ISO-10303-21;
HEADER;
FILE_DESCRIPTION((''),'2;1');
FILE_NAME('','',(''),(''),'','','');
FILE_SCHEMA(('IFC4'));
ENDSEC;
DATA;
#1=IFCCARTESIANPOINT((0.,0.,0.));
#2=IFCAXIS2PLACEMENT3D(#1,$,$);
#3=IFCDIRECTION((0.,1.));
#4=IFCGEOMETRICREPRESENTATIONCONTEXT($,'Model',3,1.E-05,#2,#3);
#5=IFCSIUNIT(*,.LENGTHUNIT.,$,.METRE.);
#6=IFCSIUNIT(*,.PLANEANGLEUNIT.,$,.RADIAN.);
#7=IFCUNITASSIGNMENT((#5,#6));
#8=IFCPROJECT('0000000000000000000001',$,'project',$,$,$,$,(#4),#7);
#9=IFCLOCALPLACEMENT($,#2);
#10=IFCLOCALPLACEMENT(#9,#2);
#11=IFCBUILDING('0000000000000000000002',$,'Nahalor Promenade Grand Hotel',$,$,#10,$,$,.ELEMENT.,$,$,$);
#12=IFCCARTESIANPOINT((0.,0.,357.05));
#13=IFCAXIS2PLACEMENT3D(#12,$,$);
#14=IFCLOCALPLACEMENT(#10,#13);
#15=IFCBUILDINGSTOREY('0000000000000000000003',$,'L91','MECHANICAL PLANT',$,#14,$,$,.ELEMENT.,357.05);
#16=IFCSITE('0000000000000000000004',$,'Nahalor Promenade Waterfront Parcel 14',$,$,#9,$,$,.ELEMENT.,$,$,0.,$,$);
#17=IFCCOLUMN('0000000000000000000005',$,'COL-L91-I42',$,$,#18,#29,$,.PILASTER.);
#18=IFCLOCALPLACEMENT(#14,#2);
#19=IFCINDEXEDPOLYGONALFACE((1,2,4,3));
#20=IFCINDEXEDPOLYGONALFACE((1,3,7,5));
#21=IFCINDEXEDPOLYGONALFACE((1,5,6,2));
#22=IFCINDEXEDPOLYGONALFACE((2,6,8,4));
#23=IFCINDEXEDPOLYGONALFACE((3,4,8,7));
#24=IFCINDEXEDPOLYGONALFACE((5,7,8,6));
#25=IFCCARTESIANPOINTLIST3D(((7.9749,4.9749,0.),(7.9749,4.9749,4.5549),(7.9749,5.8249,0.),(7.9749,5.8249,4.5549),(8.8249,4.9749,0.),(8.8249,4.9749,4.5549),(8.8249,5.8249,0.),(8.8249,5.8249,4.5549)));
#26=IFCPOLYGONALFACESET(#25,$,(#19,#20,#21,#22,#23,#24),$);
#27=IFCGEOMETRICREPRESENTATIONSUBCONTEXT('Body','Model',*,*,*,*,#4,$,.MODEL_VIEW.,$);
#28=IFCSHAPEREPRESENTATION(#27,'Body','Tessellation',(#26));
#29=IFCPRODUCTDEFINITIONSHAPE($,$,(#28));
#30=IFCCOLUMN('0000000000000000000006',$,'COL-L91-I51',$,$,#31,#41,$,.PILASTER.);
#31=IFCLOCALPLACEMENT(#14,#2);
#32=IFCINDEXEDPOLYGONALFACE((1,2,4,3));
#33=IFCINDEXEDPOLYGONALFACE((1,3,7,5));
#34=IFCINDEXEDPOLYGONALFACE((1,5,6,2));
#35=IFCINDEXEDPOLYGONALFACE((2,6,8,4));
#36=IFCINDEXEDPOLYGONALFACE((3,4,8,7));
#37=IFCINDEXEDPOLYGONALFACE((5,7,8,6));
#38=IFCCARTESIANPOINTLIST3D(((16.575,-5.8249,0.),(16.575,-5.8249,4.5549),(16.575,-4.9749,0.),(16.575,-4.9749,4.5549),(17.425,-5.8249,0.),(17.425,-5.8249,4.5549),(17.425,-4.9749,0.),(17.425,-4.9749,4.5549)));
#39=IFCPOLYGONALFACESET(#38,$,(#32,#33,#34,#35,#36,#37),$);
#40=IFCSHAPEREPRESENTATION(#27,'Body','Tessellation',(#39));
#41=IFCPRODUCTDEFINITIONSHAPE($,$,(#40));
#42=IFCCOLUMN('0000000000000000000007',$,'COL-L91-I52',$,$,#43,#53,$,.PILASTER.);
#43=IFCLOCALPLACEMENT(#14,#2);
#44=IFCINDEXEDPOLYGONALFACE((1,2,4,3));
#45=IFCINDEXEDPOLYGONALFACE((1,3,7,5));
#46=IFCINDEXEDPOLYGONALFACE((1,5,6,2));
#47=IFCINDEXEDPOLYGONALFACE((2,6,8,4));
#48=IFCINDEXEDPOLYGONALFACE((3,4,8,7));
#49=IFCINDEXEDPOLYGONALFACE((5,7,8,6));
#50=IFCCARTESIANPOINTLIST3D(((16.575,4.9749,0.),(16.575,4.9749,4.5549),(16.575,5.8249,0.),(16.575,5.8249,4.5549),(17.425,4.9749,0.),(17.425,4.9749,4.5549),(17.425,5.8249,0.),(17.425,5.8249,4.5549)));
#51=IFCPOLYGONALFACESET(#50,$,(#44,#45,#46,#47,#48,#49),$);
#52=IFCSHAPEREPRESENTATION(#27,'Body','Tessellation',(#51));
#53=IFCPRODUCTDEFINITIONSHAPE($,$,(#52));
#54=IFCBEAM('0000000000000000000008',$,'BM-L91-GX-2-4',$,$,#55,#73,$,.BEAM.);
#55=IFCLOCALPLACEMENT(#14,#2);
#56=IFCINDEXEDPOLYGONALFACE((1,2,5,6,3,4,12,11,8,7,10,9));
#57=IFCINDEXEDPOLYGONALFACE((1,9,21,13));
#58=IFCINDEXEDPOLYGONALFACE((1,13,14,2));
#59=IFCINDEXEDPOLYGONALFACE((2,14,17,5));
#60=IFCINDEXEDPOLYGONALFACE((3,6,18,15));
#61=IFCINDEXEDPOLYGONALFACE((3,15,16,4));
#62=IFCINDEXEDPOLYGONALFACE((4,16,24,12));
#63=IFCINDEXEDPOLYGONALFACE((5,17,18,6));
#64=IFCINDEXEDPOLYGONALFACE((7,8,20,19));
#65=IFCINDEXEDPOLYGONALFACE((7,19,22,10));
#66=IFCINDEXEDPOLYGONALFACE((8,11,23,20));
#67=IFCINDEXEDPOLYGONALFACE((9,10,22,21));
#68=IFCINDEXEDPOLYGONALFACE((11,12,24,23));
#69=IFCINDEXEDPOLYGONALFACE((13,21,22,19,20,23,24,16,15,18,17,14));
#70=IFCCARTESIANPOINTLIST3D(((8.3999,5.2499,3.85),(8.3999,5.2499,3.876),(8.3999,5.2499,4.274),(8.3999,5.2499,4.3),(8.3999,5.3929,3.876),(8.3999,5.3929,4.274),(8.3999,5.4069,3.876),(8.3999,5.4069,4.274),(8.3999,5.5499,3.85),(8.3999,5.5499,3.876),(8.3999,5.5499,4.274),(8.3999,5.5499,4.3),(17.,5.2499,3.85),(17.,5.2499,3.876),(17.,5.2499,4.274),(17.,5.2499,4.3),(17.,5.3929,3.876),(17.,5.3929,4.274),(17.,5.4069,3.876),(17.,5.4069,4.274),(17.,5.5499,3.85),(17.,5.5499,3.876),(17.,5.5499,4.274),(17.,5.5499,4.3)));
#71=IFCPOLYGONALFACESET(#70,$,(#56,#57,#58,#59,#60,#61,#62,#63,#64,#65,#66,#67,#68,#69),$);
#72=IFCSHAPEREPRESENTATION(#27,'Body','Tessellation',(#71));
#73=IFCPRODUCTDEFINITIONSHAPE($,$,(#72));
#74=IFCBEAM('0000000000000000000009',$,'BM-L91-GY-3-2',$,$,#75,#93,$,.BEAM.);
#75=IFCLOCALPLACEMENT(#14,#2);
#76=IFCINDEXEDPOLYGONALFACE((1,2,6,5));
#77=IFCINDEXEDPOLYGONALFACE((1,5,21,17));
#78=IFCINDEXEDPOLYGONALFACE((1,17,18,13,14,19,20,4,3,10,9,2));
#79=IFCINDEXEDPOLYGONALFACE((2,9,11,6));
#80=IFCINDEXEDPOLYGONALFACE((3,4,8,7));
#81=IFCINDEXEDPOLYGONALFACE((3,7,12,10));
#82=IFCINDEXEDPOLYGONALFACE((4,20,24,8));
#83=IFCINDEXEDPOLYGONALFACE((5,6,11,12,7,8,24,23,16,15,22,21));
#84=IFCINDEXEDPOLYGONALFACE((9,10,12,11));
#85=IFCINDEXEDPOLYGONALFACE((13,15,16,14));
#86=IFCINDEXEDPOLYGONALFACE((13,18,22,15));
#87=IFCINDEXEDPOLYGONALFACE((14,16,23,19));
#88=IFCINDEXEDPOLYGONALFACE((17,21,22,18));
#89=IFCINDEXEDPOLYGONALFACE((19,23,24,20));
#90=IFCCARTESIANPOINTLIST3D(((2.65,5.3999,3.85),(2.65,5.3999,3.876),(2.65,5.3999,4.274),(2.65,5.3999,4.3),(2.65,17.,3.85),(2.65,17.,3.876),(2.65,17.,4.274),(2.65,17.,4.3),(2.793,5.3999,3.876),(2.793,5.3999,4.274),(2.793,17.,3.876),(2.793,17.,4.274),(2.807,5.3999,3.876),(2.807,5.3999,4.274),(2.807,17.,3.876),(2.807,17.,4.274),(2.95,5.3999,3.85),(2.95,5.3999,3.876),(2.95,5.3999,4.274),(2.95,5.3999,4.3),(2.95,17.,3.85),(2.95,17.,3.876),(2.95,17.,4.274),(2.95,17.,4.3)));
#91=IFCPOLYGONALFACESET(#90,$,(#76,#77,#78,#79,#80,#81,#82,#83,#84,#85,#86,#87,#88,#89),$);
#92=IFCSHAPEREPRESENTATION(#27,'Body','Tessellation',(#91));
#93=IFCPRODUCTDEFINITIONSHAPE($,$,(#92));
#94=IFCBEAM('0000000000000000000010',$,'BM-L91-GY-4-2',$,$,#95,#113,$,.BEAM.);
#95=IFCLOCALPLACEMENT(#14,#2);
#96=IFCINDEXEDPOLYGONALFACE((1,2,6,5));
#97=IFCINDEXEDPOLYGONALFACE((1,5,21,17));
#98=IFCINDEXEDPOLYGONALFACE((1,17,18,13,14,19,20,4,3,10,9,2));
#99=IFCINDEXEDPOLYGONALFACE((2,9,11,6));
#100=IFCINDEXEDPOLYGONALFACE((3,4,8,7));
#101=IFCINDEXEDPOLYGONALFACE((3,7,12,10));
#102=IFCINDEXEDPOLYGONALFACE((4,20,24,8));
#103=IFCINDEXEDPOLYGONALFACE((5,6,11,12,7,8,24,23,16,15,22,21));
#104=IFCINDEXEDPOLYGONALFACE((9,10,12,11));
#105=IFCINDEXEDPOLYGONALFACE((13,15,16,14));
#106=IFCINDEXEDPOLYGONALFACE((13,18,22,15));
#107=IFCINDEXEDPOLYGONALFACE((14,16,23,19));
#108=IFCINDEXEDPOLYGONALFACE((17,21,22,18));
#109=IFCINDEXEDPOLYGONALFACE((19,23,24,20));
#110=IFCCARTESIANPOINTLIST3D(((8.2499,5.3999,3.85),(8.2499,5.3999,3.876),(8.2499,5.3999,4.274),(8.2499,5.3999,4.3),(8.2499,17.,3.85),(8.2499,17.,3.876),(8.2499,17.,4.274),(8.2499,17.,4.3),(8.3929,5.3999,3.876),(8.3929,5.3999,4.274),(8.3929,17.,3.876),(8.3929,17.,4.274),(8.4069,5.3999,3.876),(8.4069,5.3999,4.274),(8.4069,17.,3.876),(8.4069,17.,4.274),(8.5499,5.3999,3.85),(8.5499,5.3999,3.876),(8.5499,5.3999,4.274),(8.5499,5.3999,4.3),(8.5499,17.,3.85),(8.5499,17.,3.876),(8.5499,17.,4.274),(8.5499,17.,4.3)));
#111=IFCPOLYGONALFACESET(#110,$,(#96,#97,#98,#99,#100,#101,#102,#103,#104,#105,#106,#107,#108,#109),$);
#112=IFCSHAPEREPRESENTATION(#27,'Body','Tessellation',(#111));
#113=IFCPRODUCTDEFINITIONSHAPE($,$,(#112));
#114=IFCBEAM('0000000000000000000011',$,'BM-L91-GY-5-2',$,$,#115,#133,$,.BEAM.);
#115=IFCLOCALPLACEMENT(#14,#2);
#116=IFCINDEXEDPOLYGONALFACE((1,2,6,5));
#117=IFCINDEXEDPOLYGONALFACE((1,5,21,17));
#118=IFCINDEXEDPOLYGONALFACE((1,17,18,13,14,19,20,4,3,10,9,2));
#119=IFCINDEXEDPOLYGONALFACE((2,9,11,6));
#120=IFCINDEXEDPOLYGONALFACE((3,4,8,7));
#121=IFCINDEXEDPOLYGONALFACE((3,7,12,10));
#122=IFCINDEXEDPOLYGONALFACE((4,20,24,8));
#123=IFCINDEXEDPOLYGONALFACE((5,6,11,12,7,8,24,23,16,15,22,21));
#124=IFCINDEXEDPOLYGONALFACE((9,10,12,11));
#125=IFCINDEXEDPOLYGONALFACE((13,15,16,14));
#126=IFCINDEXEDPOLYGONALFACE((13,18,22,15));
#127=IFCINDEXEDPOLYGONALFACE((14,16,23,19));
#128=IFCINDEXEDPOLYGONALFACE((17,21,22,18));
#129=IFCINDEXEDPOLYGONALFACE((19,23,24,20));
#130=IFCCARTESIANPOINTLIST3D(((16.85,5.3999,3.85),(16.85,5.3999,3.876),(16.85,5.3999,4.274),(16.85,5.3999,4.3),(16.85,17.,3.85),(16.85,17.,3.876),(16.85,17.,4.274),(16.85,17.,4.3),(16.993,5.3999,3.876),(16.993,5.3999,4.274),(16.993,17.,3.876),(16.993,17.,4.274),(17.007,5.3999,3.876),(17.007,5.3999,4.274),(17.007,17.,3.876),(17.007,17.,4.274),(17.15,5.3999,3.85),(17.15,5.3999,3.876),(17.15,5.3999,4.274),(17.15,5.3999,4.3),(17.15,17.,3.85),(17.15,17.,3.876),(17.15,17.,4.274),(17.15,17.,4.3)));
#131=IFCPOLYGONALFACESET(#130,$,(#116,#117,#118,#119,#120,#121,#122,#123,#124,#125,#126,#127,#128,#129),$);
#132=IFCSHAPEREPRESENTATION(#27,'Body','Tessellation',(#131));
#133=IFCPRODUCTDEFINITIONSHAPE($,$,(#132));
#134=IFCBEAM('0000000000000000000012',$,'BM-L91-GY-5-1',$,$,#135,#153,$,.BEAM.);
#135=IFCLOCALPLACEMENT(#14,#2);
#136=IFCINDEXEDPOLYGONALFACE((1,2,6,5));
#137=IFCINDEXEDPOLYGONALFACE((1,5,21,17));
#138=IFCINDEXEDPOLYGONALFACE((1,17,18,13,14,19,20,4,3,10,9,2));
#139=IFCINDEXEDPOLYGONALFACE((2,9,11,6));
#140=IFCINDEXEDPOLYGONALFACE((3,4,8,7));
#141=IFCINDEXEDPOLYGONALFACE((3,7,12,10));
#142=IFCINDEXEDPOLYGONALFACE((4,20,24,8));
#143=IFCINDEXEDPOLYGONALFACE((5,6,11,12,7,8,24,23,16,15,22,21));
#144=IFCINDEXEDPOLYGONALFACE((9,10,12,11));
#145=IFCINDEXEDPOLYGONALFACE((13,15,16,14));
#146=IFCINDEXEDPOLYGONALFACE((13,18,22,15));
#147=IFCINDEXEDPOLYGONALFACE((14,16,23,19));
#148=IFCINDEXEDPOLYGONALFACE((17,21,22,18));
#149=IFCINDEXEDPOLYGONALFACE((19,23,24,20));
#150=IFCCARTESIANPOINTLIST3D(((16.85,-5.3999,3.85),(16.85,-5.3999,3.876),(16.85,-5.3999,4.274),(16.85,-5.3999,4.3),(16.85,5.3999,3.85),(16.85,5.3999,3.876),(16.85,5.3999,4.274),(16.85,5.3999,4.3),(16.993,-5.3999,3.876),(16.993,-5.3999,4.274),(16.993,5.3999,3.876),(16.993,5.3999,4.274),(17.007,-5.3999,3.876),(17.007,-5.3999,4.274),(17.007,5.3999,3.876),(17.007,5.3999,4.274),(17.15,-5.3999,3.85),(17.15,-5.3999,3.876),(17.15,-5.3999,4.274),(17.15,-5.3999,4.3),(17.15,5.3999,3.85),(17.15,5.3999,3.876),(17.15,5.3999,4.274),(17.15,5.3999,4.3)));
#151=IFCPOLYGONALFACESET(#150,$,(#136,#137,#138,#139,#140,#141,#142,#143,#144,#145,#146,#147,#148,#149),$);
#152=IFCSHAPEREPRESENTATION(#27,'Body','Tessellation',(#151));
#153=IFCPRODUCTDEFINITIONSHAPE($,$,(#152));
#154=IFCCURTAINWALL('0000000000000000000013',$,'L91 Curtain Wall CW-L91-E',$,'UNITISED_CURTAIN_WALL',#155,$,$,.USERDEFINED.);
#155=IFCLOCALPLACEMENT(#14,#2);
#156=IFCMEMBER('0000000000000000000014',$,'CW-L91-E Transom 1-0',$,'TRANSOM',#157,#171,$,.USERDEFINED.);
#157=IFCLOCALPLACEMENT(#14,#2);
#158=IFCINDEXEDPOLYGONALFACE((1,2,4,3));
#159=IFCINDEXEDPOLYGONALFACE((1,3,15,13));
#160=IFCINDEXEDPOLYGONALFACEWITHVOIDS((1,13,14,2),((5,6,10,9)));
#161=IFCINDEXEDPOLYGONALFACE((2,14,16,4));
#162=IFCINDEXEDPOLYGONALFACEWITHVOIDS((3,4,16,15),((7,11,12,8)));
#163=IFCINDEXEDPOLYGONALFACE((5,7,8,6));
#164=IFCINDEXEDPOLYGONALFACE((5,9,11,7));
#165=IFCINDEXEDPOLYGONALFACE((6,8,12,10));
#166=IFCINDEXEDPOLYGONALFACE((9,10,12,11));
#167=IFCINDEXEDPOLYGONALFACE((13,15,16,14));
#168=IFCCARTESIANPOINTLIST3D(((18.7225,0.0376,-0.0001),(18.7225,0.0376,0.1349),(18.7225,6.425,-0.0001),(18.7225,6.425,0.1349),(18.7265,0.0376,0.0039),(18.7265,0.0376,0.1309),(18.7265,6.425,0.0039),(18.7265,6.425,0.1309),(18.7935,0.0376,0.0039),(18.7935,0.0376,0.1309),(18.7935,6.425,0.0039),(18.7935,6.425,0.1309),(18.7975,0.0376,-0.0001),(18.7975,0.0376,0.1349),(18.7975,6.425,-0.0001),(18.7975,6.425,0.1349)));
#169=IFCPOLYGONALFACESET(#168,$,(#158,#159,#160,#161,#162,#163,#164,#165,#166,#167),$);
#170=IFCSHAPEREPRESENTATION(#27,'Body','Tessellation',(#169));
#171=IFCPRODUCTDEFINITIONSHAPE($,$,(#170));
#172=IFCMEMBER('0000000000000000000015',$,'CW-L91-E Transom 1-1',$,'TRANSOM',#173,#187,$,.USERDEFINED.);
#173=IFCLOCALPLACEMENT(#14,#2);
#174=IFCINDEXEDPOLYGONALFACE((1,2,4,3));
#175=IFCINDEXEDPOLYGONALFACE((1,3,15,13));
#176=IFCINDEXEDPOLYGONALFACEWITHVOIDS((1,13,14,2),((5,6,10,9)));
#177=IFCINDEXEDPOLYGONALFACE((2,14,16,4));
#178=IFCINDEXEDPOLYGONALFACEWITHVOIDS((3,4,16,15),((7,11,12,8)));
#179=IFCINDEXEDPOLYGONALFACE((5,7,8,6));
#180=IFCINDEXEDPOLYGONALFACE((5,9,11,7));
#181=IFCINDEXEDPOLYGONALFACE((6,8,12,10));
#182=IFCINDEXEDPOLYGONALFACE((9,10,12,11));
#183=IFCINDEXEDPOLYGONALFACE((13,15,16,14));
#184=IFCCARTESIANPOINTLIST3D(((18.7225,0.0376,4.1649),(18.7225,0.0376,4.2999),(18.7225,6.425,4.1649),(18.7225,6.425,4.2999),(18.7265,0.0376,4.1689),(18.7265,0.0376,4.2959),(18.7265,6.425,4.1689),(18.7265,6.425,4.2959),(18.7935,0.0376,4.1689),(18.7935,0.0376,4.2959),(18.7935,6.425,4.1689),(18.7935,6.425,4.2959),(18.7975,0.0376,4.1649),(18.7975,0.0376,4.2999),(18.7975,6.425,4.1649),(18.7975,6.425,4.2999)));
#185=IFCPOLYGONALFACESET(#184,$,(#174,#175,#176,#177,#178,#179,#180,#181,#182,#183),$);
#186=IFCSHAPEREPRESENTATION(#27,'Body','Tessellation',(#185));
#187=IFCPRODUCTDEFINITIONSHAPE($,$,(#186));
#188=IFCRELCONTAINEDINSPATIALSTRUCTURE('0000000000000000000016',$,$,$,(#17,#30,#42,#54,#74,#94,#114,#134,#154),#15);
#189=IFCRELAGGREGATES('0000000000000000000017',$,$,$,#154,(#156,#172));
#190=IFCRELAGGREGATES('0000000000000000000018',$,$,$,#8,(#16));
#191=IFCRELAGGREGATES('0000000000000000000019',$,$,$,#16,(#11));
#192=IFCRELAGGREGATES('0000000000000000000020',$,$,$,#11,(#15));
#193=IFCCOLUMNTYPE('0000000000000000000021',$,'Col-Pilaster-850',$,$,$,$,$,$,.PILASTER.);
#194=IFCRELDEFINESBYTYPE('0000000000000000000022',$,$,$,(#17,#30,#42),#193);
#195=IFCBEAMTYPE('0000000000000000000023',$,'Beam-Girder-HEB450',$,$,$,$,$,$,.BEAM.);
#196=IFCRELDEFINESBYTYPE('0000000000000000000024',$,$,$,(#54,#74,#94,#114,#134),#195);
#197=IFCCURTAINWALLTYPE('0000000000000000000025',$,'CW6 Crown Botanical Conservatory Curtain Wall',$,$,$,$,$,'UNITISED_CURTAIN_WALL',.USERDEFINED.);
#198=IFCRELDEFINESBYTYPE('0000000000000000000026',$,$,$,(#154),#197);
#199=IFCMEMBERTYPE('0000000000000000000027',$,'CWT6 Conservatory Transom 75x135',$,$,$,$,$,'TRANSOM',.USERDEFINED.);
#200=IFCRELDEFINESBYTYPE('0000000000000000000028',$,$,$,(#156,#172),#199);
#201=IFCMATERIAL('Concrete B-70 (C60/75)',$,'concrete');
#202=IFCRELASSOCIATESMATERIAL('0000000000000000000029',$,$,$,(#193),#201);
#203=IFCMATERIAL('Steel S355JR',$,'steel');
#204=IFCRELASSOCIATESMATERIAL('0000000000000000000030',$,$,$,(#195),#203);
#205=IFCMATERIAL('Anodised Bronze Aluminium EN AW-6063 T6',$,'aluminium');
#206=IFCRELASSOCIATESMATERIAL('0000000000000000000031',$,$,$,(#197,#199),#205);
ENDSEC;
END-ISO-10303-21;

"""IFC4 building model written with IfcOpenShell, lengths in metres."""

from ifc_helpers import new_model, si_unit, direction, frame, origin, origin_2d, place, context, subcontext, project, spatial, rectangle, hollow_rectangle, i_section, extrude, source, transform, mapped, material, material_profile, profile_set, type_object, element, aggregate, save


model = new_model("IFC4")

# Units and contexts
model_context = context("Model", 3, precision=1e-05, world=origin(), true_north=direction((0.0, 1.0)))
body_context = subcontext(model_context, "Body", "Model", "MODEL_VIEW")
ifc_project = project(units=[si_unit("LENGTHUNIT", "METRE"), si_unit("PLANEANGLEUNIT", "RADIAN")], contexts=[model_context])

# Site, building, storey
site_placement = place(None, origin())
site = spatial("IfcSite", under=ifc_project, at=site_placement, Name="Nahalor Promenade Waterfront Parcel 14", CompositionType="ELEMENT", RefElevation=0.0)
building_placement = place(site_placement, origin())
building = spatial("IfcBuilding", under=site, at=building_placement, Name="Nahalor Promenade Grand Hotel", CompositionType="ELEMENT")
storey_placement = place(building_placement, frame((0.0, 0.0, 357.05)))
storey = spatial("IfcBuildingStorey", under=building, at=storey_placement, Name="L91", Description="MECHANICAL PLANT", CompositionType="ELEMENT", Elevation=357.05)

# Columns
ifc_material_1 = material(Name="Concrete B-70 (C60/75)", Category="concrete")
ifc_material_profile_1 = material_profile(ifc_material_1, rectangle(XDim=0.85, YDim=0.85, at=origin_2d()), Name="RC 850x850")
ifc_profile_set_1 = profile_set([ifc_material_profile_1], Name="Concrete B-70 (C60/75)")
column_type = type_object("IfcColumnType", Name="Col-Pilaster-850", PredefinedType="PILASTER", material=ifc_profile_set_1)
shared_shape_1 = source(origin(), body_context, "Body", "SweptSolid", [
    extrude(rectangle(XDim=0.85, YDim=0.85, at=origin_2d()), origin(), (0.0, 0.0, 1.0), 4.5549),
])
for number, where, z_axis, x_axis, name in (
    (1, (8.3999, 5.3999, 0.0), (0.0, 0.0, 1.0), (1.0, 0.0, 0.0), "COL-L91-I42"),
    (2, (17.0, -5.3999, 0.0), (0.0, 0.0, 1.0), (1.0, 0.0, 0.0), "COL-L91-I51"),
    (3, (17.0, 5.3999, 0.0), (0.0, 0.0, 1.0), (1.0, 0.0, 0.0), "COL-L91-I52"),
):
    element("IfcColumn", number, at=place(storey_placement, frame(where, z_axis=z_axis, x_axis=x_axis)), inside=storey, type_object=column_type, Name=name, PredefinedType="PILASTER", context=body_context, shape_type="MappedRepresentation", body=[
        mapped(shared_shape_1, transform((0.0, 0.0, 0.0), scale=1.0)),
    ])

# Beams
ifc_material_2 = material(Name="Steel S355JR", Category="steel")
ifc_material_profile_2 = material_profile(ifc_material_2, i_section(OverallWidth=0.3, OverallDepth=0.45, WebThickness=0.014, FlangeThickness=0.026, at=origin_2d()), Name="HEB 450")
ifc_profile_set_2 = profile_set([ifc_material_profile_2], Name="Steel S355JR")
beam_type = type_object("IfcBeamType", Name="Beam-Girder-HEB450", PredefinedType="BEAM", material=ifc_profile_set_2)
shared_shape_2 = source(origin(), body_context, "Body", "SweptSolid", [
    extrude(i_section(OverallWidth=0.3, OverallDepth=0.45, WebThickness=0.014, FlangeThickness=0.026, at=origin_2d()), origin(), (0.0, 0.0, 1.0), 8.6001),
])
beam_1_placement = place(storey_placement, frame((8.3999, 5.3999, 4.075), z_axis=(1.0, 0.0, 0.0), x_axis=(0.0, 1.0, 0.0)))
element("IfcBeam", 4, at=beam_1_placement, inside=storey, type_object=beam_type, Name="BM-L91-GX-2-4", PredefinedType="BEAM", context=body_context, shape_type="MappedRepresentation", body=[
    mapped(shared_shape_2, transform((0.0, 0.0, 0.0), scale=1.0)),
])
shared_shape_3 = source(origin(), body_context, "Body", "SweptSolid", [
    extrude(i_section(OverallWidth=0.3, OverallDepth=0.45, WebThickness=0.014, FlangeThickness=0.026, at=origin_2d()), origin(), (0.0, 0.0, 1.0), 11.6001),
])
for number, where, z_axis, x_axis, name in (
    (5, (2.8, 5.3999, 4.075), (0.0, 1.0, 0.0), (-1.0, 0.0, 0.0), "BM-L91-GY-3-2"),
    (6, (8.3999, 5.3999, 4.075), (0.0, 1.0, 0.0), (-1.0, 0.0, 0.0), "BM-L91-GY-4-2"),
    (7, (17.0, 5.3999, 4.075), (0.0, 1.0, 0.0), (-1.0, 0.0, 0.0), "BM-L91-GY-5-2"),
):
    element("IfcBeam", number, at=place(storey_placement, frame(where, z_axis=z_axis, x_axis=x_axis)), inside=storey, type_object=beam_type, Name=name, PredefinedType="BEAM", context=body_context, shape_type="MappedRepresentation", body=[
        mapped(shared_shape_3, transform((0.0, 0.0, 0.0), scale=1.0)),
    ])
shared_shape_4 = source(origin(), body_context, "Body", "SweptSolid", [
    extrude(i_section(OverallWidth=0.3, OverallDepth=0.45, WebThickness=0.014, FlangeThickness=0.026, at=origin_2d()), origin(), (0.0, 0.0, 1.0), 10.7998),
])
beam_2_placement = place(storey_placement, frame((17.0, -5.3999, 4.075), z_axis=(0.0, 1.0, 0.0), x_axis=(-1.0, 0.0, 0.0)))
element("IfcBeam", 8, at=beam_2_placement, inside=storey, type_object=beam_type, Name="BM-L91-GY-5-1", PredefinedType="BEAM", context=body_context, shape_type="MappedRepresentation", body=[
    mapped(shared_shape_4, transform((0.0, 0.0, 0.0), scale=1.0)),
])

# Curtain wall, members
ifc_material_3 = material(Name="Anodised Bronze Aluminium EN AW-6063 T6", Category="aluminium")
curtain_wall_type = type_object("IfcCurtainWallType", Name="CW6 Crown Botanical Conservatory Curtain Wall", ElementType="UNITISED_CURTAIN_WALL", PredefinedType="USERDEFINED", material=ifc_material_3)
curtain_wall_placement = place(storey_placement, origin())
curtain_wall = element("IfcCurtainWall", 9, at=curtain_wall_placement, inside=storey, type_object=curtain_wall_type, Name="L91 Curtain Wall CW-L91-E", ObjectType="UNITISED_CURTAIN_WALL", PredefinedType="USERDEFINED")
ifc_material_profile_3 = material_profile(ifc_material_3, hollow_rectangle(XDim=0.075, YDim=0.135, WallThickness=0.004, at=origin_2d()), Name="CWT 75x135x4")
ifc_profile_set_3 = profile_set([ifc_material_profile_3], Name="Anodised Bronze Aluminium EN AW-6063 T6")
member_type_1 = type_object("IfcMemberType", Name="CWT6 Conservatory Transom 75x135", ElementType="TRANSOM", PredefinedType="USERDEFINED", material=ifc_profile_set_3)
shared_shape_5 = source(origin(), body_context, "Body", "SweptSolid", [
    extrude(hollow_rectangle(XDim=0.075, YDim=0.135, WallThickness=0.004, at=origin_2d()), origin(), (0.0, 0.0, 1.0), 6.3875),
])
member_1_placement = place(storey_placement, frame((18.76, 0.0376, 0.0674), z_axis=(0.0, 1.0, 0.0), x_axis=(-1.0, 0.0, 0.0)))
member_1 = element("IfcMember", 10, at=member_1_placement, type_object=member_type_1, Name="CW-L91-E Transom 1-0", ObjectType="TRANSOM", PredefinedType="USERDEFINED", context=body_context, shape_type="MappedRepresentation", body=[
    mapped(shared_shape_5, transform((0.0, 0.0, 0.0), scale=1.0)),
])
member_2_placement = place(storey_placement, frame((18.76, 0.0376, 4.2324), z_axis=(0.0, 1.0, 0.0), x_axis=(-1.0, 0.0, 0.0)))
member_2 = element("IfcMember", 11, at=member_2_placement, type_object=member_type_1, Name="CW-L91-E Transom 1-1", ObjectType="TRANSOM", PredefinedType="USERDEFINED", context=body_context, shape_type="MappedRepresentation", body=[
    mapped(shared_shape_5, transform((0.0, 0.0, 0.0), scale=1.0)),
])
aggregate(curtain_wall, [member_1, member_2])

save(model, "model.ifc")
